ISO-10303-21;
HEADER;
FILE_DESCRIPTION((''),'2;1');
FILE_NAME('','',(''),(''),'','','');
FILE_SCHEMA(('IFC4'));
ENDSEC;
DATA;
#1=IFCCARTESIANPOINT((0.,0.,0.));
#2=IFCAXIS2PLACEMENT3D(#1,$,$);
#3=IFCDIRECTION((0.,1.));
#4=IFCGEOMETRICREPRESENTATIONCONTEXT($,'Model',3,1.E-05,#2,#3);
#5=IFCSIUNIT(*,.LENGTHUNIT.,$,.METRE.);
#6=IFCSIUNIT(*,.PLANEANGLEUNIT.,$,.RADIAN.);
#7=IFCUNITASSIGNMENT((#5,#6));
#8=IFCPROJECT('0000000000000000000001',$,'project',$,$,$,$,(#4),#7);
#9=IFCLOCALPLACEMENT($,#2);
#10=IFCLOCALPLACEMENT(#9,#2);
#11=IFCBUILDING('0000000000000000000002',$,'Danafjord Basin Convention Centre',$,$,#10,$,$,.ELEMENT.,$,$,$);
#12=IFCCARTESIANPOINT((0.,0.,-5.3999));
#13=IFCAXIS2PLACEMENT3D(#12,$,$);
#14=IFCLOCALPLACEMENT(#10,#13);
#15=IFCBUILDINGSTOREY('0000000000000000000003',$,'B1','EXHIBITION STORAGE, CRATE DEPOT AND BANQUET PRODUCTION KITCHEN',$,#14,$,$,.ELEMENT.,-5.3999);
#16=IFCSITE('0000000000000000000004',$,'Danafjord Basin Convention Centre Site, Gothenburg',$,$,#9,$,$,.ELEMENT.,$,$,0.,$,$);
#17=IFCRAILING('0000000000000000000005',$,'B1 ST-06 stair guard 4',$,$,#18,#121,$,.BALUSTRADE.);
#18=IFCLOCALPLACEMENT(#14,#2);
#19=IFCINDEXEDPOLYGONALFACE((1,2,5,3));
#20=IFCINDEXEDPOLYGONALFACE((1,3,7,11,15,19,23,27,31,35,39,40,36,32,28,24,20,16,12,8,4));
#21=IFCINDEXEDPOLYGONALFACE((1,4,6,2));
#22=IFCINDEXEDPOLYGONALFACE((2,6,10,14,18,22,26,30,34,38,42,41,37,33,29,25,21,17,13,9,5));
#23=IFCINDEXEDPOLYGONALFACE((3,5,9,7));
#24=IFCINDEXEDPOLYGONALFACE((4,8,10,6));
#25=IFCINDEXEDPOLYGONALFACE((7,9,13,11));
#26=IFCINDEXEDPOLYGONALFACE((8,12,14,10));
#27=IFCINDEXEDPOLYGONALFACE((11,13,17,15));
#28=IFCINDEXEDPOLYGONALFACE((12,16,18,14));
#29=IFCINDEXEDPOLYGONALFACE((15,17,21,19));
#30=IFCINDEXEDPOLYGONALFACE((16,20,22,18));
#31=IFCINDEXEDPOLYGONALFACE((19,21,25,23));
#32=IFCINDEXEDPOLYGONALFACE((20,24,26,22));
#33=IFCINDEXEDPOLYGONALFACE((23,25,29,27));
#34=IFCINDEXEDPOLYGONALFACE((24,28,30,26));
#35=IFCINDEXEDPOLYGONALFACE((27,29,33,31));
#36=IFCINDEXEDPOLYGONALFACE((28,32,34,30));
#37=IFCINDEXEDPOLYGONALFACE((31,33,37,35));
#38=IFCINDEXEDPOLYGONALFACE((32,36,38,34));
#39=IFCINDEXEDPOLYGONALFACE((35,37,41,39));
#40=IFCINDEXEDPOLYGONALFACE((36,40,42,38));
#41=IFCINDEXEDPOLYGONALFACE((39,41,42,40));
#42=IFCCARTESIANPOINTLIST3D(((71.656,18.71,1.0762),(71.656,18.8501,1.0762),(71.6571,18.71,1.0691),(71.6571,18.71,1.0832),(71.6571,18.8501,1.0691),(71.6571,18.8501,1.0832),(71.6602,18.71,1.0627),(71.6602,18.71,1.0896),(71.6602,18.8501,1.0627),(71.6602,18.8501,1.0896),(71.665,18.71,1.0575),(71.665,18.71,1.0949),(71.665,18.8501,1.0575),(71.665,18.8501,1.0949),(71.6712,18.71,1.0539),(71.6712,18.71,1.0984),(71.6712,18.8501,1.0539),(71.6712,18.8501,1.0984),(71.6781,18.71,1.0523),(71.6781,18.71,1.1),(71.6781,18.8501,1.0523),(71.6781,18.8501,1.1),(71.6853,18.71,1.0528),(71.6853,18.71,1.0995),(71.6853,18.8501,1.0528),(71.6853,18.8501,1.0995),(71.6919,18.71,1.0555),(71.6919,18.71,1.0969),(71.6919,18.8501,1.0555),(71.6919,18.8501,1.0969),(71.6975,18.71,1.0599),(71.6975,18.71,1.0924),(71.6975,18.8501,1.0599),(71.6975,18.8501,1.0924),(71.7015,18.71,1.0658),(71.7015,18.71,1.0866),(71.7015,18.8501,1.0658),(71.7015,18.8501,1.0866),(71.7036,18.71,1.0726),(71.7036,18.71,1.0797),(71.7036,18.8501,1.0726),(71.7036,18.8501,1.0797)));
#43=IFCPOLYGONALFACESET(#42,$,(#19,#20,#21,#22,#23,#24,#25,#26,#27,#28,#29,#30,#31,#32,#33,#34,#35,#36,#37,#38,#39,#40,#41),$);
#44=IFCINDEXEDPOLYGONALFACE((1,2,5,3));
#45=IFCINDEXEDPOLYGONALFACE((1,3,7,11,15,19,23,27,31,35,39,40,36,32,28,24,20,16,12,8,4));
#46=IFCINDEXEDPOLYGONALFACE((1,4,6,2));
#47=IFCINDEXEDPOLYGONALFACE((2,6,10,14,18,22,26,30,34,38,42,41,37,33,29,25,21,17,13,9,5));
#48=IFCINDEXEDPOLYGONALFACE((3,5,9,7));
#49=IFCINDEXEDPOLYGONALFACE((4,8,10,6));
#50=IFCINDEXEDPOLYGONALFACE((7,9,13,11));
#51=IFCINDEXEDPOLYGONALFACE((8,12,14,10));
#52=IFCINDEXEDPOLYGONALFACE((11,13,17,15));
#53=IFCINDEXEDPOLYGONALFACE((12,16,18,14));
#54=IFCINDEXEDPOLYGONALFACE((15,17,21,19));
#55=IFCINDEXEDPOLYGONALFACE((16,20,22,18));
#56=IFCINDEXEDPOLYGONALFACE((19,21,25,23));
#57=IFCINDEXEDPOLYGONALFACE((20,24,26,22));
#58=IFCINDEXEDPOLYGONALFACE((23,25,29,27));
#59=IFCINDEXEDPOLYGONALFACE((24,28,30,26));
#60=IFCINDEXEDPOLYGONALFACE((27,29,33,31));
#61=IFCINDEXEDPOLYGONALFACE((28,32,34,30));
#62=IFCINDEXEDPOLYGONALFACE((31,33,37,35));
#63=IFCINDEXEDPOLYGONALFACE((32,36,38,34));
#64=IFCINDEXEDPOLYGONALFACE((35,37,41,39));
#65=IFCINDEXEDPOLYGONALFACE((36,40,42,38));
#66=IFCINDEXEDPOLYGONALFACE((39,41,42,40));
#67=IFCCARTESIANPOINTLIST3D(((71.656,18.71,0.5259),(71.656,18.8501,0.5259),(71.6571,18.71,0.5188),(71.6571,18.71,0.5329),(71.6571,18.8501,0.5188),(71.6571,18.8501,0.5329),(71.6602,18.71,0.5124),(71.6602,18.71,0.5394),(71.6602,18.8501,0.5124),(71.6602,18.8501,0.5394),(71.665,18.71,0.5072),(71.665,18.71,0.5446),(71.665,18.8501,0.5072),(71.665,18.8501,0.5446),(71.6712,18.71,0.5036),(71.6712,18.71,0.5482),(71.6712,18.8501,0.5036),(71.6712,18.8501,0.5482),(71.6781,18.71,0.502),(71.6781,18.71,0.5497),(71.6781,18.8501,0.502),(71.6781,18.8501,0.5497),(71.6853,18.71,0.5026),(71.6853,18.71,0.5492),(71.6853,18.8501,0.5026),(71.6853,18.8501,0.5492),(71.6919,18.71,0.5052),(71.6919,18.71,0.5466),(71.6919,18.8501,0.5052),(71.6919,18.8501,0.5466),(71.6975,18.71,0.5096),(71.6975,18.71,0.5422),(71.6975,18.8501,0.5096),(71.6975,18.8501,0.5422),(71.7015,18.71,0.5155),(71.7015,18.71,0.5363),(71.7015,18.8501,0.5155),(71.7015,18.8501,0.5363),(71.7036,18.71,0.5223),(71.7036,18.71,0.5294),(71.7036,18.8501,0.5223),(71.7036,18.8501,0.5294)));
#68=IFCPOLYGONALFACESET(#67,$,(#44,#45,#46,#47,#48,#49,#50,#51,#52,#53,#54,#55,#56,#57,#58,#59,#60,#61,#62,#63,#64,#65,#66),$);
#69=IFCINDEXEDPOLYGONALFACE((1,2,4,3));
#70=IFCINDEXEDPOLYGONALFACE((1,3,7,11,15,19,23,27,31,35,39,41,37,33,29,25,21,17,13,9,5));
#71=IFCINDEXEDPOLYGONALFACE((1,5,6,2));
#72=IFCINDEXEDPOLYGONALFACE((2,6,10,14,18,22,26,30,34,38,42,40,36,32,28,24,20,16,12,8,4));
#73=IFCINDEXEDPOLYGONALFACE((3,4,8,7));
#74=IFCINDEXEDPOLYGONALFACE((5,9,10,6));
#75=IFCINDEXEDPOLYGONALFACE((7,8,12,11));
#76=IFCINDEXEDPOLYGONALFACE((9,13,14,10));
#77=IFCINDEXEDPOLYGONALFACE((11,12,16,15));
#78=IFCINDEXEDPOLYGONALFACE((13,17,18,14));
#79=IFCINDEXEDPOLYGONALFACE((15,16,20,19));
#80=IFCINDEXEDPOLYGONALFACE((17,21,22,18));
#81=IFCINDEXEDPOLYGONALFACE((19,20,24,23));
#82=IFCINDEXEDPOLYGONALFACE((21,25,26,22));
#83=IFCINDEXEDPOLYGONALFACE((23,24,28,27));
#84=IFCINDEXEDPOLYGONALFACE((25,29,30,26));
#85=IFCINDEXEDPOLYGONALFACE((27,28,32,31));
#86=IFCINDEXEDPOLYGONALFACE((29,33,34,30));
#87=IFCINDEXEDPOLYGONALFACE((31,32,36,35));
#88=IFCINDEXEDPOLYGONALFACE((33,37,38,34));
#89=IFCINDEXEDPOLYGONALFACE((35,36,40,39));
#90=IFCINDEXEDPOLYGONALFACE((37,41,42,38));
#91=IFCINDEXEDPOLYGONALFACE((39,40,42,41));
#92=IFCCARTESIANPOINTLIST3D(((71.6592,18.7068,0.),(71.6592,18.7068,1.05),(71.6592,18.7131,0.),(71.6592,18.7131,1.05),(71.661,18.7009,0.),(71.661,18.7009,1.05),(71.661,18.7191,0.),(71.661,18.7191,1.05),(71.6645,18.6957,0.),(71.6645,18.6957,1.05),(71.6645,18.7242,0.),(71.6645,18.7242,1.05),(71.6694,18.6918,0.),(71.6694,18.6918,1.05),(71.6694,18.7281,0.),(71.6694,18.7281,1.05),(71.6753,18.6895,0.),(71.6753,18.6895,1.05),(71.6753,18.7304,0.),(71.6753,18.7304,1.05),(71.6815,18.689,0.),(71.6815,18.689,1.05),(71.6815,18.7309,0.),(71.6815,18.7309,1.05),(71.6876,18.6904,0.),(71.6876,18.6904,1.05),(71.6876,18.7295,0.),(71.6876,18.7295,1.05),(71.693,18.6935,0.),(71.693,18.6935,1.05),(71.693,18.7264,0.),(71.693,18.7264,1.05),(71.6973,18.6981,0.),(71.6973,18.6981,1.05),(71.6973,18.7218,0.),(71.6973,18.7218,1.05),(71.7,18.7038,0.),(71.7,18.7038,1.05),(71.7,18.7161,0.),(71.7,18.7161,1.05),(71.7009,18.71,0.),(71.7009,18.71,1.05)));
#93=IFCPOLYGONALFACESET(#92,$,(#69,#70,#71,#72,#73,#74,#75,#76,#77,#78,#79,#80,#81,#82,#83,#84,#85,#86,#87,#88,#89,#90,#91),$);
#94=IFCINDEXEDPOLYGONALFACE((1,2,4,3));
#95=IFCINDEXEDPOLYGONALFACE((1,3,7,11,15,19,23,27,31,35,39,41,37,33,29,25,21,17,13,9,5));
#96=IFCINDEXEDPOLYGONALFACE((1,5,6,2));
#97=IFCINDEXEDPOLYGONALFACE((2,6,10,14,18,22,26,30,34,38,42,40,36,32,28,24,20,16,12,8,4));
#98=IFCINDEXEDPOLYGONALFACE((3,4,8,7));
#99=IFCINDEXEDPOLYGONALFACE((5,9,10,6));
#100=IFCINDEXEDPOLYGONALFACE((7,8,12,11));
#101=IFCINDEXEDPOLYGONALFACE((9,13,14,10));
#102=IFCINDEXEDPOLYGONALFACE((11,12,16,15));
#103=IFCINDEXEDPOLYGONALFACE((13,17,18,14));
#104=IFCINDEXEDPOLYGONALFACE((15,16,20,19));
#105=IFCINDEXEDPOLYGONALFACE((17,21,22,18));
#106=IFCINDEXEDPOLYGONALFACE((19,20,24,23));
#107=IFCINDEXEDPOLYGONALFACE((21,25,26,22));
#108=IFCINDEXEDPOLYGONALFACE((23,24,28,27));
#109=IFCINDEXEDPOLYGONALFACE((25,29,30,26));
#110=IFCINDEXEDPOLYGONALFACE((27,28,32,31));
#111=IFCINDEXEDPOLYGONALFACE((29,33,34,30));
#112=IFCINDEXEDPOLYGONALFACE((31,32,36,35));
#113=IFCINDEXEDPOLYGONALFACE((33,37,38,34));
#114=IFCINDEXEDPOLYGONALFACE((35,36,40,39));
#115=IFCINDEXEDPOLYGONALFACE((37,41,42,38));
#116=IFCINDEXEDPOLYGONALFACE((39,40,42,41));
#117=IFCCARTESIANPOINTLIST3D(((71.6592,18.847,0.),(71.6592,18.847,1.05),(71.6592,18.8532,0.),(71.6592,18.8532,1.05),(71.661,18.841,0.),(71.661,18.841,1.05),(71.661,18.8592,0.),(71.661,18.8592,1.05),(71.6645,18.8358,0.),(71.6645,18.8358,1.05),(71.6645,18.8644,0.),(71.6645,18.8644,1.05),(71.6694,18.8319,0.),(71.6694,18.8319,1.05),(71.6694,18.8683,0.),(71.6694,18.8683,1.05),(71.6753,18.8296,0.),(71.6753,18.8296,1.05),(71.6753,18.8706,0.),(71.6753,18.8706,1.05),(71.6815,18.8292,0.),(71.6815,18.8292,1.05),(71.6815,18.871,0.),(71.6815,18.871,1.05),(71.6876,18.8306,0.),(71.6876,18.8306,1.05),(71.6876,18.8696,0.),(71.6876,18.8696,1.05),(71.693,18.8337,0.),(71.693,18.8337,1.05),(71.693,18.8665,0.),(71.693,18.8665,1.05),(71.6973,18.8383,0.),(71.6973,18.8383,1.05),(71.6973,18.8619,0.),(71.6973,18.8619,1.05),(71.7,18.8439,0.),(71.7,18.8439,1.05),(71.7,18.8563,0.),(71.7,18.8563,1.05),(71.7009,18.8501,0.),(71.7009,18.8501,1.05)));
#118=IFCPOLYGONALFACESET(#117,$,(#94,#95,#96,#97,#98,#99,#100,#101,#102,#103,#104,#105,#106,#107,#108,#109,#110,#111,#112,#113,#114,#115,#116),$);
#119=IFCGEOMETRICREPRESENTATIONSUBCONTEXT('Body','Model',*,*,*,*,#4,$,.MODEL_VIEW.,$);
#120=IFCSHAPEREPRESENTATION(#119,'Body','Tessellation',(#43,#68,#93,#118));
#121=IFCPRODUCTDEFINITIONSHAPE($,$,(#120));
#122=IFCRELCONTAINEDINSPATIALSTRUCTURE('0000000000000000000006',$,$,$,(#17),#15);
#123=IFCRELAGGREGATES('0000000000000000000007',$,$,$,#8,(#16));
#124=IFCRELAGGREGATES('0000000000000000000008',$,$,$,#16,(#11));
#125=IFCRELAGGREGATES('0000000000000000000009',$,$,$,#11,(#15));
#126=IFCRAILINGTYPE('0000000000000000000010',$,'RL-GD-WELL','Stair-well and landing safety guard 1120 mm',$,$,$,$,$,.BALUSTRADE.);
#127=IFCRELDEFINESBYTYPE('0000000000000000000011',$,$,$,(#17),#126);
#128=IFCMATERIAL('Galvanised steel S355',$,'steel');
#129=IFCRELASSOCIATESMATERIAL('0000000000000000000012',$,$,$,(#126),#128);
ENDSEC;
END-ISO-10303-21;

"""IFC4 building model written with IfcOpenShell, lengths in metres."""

from ifc_helpers import new_model, si_unit, direction, frame, origin, origin_2d, place, context, subcontext, project, spatial, circle, extrude, material, type_object, element, save


model = new_model("IFC4")

# Units and contexts
model_context = context("Model", 3, precision=1e-05, world=origin(), true_north=direction((0.0, 1.0)))
body_context = subcontext(model_context, "Body", "Model", "MODEL_VIEW")
ifc_project = project(units=[si_unit("LENGTHUNIT", "METRE"), si_unit("PLANEANGLEUNIT", "RADIAN")], contexts=[model_context])

# Site, building, storey
site_placement = place(None, origin())
site = spatial("IfcSite", under=ifc_project, at=site_placement, Name="Danafjord Basin Convention Centre Site, Gothenburg", CompositionType="ELEMENT", RefElevation=0.0)
building_placement = place(site_placement, origin())
building = spatial("IfcBuilding", under=site, at=building_placement, Name="Danafjord Basin Convention Centre", CompositionType="ELEMENT")
storey_placement = place(building_placement, frame((0.0, 0.0, -5.3999)))
storey = spatial("IfcBuildingStorey", under=building, at=storey_placement, Name="B1", Description="EXHIBITION STORAGE, CRATE DEPOT AND BANQUET PRODUCTION KITCHEN", CompositionType="ELEMENT", Elevation=-5.3999)

# Railing
ifc_material_1 = material(Name="Galvanised steel S355", Category="steel")
railing_type_1 = type_object("IfcRailingType", Name="RL-GD-WELL", Description="Stair-well and landing safety guard 1120 mm", PredefinedType="BALUSTRADE", material=ifc_material_1)
railing_1_placement = place(storey_placement, frame((71.6799, 18.71, 0.0)))
element("IfcRailing", 1, at=railing_1_placement, inside=storey, type_object=railing_type_1, Name="B1 ST-06 stair guard 4", PredefinedType="BALUSTRADE", context=body_context, shape_type="SweptSolid", body=[
    extrude(circle(Radius=0.0239, at=origin_2d()), frame((0.0, 0.0, 1.0762), z_axis=(0.0, 1.0, 0.0), x_axis=(-1.0, 0.0, 0.0)), (0.0, 0.0, 1.0), 0.1401),
    extrude(circle(Radius=0.0239, at=origin_2d()), frame((0.0, 0.0, 0.5259), z_axis=(0.0, 1.0, 0.0), x_axis=(-1.0, 0.0, 0.0)), (0.0, 0.0, 1.0), 0.1401),
    extrude(circle(Radius=0.021, at=origin_2d()), origin(), (0.0, 0.0, 1.0), 1.05),
    extrude(circle(Radius=0.021, at=origin_2d()), frame((0.0, 0.1401, 0.0)), (0.0, 0.0, 1.0), 1.05),
])

save(model, "model.ifc")
